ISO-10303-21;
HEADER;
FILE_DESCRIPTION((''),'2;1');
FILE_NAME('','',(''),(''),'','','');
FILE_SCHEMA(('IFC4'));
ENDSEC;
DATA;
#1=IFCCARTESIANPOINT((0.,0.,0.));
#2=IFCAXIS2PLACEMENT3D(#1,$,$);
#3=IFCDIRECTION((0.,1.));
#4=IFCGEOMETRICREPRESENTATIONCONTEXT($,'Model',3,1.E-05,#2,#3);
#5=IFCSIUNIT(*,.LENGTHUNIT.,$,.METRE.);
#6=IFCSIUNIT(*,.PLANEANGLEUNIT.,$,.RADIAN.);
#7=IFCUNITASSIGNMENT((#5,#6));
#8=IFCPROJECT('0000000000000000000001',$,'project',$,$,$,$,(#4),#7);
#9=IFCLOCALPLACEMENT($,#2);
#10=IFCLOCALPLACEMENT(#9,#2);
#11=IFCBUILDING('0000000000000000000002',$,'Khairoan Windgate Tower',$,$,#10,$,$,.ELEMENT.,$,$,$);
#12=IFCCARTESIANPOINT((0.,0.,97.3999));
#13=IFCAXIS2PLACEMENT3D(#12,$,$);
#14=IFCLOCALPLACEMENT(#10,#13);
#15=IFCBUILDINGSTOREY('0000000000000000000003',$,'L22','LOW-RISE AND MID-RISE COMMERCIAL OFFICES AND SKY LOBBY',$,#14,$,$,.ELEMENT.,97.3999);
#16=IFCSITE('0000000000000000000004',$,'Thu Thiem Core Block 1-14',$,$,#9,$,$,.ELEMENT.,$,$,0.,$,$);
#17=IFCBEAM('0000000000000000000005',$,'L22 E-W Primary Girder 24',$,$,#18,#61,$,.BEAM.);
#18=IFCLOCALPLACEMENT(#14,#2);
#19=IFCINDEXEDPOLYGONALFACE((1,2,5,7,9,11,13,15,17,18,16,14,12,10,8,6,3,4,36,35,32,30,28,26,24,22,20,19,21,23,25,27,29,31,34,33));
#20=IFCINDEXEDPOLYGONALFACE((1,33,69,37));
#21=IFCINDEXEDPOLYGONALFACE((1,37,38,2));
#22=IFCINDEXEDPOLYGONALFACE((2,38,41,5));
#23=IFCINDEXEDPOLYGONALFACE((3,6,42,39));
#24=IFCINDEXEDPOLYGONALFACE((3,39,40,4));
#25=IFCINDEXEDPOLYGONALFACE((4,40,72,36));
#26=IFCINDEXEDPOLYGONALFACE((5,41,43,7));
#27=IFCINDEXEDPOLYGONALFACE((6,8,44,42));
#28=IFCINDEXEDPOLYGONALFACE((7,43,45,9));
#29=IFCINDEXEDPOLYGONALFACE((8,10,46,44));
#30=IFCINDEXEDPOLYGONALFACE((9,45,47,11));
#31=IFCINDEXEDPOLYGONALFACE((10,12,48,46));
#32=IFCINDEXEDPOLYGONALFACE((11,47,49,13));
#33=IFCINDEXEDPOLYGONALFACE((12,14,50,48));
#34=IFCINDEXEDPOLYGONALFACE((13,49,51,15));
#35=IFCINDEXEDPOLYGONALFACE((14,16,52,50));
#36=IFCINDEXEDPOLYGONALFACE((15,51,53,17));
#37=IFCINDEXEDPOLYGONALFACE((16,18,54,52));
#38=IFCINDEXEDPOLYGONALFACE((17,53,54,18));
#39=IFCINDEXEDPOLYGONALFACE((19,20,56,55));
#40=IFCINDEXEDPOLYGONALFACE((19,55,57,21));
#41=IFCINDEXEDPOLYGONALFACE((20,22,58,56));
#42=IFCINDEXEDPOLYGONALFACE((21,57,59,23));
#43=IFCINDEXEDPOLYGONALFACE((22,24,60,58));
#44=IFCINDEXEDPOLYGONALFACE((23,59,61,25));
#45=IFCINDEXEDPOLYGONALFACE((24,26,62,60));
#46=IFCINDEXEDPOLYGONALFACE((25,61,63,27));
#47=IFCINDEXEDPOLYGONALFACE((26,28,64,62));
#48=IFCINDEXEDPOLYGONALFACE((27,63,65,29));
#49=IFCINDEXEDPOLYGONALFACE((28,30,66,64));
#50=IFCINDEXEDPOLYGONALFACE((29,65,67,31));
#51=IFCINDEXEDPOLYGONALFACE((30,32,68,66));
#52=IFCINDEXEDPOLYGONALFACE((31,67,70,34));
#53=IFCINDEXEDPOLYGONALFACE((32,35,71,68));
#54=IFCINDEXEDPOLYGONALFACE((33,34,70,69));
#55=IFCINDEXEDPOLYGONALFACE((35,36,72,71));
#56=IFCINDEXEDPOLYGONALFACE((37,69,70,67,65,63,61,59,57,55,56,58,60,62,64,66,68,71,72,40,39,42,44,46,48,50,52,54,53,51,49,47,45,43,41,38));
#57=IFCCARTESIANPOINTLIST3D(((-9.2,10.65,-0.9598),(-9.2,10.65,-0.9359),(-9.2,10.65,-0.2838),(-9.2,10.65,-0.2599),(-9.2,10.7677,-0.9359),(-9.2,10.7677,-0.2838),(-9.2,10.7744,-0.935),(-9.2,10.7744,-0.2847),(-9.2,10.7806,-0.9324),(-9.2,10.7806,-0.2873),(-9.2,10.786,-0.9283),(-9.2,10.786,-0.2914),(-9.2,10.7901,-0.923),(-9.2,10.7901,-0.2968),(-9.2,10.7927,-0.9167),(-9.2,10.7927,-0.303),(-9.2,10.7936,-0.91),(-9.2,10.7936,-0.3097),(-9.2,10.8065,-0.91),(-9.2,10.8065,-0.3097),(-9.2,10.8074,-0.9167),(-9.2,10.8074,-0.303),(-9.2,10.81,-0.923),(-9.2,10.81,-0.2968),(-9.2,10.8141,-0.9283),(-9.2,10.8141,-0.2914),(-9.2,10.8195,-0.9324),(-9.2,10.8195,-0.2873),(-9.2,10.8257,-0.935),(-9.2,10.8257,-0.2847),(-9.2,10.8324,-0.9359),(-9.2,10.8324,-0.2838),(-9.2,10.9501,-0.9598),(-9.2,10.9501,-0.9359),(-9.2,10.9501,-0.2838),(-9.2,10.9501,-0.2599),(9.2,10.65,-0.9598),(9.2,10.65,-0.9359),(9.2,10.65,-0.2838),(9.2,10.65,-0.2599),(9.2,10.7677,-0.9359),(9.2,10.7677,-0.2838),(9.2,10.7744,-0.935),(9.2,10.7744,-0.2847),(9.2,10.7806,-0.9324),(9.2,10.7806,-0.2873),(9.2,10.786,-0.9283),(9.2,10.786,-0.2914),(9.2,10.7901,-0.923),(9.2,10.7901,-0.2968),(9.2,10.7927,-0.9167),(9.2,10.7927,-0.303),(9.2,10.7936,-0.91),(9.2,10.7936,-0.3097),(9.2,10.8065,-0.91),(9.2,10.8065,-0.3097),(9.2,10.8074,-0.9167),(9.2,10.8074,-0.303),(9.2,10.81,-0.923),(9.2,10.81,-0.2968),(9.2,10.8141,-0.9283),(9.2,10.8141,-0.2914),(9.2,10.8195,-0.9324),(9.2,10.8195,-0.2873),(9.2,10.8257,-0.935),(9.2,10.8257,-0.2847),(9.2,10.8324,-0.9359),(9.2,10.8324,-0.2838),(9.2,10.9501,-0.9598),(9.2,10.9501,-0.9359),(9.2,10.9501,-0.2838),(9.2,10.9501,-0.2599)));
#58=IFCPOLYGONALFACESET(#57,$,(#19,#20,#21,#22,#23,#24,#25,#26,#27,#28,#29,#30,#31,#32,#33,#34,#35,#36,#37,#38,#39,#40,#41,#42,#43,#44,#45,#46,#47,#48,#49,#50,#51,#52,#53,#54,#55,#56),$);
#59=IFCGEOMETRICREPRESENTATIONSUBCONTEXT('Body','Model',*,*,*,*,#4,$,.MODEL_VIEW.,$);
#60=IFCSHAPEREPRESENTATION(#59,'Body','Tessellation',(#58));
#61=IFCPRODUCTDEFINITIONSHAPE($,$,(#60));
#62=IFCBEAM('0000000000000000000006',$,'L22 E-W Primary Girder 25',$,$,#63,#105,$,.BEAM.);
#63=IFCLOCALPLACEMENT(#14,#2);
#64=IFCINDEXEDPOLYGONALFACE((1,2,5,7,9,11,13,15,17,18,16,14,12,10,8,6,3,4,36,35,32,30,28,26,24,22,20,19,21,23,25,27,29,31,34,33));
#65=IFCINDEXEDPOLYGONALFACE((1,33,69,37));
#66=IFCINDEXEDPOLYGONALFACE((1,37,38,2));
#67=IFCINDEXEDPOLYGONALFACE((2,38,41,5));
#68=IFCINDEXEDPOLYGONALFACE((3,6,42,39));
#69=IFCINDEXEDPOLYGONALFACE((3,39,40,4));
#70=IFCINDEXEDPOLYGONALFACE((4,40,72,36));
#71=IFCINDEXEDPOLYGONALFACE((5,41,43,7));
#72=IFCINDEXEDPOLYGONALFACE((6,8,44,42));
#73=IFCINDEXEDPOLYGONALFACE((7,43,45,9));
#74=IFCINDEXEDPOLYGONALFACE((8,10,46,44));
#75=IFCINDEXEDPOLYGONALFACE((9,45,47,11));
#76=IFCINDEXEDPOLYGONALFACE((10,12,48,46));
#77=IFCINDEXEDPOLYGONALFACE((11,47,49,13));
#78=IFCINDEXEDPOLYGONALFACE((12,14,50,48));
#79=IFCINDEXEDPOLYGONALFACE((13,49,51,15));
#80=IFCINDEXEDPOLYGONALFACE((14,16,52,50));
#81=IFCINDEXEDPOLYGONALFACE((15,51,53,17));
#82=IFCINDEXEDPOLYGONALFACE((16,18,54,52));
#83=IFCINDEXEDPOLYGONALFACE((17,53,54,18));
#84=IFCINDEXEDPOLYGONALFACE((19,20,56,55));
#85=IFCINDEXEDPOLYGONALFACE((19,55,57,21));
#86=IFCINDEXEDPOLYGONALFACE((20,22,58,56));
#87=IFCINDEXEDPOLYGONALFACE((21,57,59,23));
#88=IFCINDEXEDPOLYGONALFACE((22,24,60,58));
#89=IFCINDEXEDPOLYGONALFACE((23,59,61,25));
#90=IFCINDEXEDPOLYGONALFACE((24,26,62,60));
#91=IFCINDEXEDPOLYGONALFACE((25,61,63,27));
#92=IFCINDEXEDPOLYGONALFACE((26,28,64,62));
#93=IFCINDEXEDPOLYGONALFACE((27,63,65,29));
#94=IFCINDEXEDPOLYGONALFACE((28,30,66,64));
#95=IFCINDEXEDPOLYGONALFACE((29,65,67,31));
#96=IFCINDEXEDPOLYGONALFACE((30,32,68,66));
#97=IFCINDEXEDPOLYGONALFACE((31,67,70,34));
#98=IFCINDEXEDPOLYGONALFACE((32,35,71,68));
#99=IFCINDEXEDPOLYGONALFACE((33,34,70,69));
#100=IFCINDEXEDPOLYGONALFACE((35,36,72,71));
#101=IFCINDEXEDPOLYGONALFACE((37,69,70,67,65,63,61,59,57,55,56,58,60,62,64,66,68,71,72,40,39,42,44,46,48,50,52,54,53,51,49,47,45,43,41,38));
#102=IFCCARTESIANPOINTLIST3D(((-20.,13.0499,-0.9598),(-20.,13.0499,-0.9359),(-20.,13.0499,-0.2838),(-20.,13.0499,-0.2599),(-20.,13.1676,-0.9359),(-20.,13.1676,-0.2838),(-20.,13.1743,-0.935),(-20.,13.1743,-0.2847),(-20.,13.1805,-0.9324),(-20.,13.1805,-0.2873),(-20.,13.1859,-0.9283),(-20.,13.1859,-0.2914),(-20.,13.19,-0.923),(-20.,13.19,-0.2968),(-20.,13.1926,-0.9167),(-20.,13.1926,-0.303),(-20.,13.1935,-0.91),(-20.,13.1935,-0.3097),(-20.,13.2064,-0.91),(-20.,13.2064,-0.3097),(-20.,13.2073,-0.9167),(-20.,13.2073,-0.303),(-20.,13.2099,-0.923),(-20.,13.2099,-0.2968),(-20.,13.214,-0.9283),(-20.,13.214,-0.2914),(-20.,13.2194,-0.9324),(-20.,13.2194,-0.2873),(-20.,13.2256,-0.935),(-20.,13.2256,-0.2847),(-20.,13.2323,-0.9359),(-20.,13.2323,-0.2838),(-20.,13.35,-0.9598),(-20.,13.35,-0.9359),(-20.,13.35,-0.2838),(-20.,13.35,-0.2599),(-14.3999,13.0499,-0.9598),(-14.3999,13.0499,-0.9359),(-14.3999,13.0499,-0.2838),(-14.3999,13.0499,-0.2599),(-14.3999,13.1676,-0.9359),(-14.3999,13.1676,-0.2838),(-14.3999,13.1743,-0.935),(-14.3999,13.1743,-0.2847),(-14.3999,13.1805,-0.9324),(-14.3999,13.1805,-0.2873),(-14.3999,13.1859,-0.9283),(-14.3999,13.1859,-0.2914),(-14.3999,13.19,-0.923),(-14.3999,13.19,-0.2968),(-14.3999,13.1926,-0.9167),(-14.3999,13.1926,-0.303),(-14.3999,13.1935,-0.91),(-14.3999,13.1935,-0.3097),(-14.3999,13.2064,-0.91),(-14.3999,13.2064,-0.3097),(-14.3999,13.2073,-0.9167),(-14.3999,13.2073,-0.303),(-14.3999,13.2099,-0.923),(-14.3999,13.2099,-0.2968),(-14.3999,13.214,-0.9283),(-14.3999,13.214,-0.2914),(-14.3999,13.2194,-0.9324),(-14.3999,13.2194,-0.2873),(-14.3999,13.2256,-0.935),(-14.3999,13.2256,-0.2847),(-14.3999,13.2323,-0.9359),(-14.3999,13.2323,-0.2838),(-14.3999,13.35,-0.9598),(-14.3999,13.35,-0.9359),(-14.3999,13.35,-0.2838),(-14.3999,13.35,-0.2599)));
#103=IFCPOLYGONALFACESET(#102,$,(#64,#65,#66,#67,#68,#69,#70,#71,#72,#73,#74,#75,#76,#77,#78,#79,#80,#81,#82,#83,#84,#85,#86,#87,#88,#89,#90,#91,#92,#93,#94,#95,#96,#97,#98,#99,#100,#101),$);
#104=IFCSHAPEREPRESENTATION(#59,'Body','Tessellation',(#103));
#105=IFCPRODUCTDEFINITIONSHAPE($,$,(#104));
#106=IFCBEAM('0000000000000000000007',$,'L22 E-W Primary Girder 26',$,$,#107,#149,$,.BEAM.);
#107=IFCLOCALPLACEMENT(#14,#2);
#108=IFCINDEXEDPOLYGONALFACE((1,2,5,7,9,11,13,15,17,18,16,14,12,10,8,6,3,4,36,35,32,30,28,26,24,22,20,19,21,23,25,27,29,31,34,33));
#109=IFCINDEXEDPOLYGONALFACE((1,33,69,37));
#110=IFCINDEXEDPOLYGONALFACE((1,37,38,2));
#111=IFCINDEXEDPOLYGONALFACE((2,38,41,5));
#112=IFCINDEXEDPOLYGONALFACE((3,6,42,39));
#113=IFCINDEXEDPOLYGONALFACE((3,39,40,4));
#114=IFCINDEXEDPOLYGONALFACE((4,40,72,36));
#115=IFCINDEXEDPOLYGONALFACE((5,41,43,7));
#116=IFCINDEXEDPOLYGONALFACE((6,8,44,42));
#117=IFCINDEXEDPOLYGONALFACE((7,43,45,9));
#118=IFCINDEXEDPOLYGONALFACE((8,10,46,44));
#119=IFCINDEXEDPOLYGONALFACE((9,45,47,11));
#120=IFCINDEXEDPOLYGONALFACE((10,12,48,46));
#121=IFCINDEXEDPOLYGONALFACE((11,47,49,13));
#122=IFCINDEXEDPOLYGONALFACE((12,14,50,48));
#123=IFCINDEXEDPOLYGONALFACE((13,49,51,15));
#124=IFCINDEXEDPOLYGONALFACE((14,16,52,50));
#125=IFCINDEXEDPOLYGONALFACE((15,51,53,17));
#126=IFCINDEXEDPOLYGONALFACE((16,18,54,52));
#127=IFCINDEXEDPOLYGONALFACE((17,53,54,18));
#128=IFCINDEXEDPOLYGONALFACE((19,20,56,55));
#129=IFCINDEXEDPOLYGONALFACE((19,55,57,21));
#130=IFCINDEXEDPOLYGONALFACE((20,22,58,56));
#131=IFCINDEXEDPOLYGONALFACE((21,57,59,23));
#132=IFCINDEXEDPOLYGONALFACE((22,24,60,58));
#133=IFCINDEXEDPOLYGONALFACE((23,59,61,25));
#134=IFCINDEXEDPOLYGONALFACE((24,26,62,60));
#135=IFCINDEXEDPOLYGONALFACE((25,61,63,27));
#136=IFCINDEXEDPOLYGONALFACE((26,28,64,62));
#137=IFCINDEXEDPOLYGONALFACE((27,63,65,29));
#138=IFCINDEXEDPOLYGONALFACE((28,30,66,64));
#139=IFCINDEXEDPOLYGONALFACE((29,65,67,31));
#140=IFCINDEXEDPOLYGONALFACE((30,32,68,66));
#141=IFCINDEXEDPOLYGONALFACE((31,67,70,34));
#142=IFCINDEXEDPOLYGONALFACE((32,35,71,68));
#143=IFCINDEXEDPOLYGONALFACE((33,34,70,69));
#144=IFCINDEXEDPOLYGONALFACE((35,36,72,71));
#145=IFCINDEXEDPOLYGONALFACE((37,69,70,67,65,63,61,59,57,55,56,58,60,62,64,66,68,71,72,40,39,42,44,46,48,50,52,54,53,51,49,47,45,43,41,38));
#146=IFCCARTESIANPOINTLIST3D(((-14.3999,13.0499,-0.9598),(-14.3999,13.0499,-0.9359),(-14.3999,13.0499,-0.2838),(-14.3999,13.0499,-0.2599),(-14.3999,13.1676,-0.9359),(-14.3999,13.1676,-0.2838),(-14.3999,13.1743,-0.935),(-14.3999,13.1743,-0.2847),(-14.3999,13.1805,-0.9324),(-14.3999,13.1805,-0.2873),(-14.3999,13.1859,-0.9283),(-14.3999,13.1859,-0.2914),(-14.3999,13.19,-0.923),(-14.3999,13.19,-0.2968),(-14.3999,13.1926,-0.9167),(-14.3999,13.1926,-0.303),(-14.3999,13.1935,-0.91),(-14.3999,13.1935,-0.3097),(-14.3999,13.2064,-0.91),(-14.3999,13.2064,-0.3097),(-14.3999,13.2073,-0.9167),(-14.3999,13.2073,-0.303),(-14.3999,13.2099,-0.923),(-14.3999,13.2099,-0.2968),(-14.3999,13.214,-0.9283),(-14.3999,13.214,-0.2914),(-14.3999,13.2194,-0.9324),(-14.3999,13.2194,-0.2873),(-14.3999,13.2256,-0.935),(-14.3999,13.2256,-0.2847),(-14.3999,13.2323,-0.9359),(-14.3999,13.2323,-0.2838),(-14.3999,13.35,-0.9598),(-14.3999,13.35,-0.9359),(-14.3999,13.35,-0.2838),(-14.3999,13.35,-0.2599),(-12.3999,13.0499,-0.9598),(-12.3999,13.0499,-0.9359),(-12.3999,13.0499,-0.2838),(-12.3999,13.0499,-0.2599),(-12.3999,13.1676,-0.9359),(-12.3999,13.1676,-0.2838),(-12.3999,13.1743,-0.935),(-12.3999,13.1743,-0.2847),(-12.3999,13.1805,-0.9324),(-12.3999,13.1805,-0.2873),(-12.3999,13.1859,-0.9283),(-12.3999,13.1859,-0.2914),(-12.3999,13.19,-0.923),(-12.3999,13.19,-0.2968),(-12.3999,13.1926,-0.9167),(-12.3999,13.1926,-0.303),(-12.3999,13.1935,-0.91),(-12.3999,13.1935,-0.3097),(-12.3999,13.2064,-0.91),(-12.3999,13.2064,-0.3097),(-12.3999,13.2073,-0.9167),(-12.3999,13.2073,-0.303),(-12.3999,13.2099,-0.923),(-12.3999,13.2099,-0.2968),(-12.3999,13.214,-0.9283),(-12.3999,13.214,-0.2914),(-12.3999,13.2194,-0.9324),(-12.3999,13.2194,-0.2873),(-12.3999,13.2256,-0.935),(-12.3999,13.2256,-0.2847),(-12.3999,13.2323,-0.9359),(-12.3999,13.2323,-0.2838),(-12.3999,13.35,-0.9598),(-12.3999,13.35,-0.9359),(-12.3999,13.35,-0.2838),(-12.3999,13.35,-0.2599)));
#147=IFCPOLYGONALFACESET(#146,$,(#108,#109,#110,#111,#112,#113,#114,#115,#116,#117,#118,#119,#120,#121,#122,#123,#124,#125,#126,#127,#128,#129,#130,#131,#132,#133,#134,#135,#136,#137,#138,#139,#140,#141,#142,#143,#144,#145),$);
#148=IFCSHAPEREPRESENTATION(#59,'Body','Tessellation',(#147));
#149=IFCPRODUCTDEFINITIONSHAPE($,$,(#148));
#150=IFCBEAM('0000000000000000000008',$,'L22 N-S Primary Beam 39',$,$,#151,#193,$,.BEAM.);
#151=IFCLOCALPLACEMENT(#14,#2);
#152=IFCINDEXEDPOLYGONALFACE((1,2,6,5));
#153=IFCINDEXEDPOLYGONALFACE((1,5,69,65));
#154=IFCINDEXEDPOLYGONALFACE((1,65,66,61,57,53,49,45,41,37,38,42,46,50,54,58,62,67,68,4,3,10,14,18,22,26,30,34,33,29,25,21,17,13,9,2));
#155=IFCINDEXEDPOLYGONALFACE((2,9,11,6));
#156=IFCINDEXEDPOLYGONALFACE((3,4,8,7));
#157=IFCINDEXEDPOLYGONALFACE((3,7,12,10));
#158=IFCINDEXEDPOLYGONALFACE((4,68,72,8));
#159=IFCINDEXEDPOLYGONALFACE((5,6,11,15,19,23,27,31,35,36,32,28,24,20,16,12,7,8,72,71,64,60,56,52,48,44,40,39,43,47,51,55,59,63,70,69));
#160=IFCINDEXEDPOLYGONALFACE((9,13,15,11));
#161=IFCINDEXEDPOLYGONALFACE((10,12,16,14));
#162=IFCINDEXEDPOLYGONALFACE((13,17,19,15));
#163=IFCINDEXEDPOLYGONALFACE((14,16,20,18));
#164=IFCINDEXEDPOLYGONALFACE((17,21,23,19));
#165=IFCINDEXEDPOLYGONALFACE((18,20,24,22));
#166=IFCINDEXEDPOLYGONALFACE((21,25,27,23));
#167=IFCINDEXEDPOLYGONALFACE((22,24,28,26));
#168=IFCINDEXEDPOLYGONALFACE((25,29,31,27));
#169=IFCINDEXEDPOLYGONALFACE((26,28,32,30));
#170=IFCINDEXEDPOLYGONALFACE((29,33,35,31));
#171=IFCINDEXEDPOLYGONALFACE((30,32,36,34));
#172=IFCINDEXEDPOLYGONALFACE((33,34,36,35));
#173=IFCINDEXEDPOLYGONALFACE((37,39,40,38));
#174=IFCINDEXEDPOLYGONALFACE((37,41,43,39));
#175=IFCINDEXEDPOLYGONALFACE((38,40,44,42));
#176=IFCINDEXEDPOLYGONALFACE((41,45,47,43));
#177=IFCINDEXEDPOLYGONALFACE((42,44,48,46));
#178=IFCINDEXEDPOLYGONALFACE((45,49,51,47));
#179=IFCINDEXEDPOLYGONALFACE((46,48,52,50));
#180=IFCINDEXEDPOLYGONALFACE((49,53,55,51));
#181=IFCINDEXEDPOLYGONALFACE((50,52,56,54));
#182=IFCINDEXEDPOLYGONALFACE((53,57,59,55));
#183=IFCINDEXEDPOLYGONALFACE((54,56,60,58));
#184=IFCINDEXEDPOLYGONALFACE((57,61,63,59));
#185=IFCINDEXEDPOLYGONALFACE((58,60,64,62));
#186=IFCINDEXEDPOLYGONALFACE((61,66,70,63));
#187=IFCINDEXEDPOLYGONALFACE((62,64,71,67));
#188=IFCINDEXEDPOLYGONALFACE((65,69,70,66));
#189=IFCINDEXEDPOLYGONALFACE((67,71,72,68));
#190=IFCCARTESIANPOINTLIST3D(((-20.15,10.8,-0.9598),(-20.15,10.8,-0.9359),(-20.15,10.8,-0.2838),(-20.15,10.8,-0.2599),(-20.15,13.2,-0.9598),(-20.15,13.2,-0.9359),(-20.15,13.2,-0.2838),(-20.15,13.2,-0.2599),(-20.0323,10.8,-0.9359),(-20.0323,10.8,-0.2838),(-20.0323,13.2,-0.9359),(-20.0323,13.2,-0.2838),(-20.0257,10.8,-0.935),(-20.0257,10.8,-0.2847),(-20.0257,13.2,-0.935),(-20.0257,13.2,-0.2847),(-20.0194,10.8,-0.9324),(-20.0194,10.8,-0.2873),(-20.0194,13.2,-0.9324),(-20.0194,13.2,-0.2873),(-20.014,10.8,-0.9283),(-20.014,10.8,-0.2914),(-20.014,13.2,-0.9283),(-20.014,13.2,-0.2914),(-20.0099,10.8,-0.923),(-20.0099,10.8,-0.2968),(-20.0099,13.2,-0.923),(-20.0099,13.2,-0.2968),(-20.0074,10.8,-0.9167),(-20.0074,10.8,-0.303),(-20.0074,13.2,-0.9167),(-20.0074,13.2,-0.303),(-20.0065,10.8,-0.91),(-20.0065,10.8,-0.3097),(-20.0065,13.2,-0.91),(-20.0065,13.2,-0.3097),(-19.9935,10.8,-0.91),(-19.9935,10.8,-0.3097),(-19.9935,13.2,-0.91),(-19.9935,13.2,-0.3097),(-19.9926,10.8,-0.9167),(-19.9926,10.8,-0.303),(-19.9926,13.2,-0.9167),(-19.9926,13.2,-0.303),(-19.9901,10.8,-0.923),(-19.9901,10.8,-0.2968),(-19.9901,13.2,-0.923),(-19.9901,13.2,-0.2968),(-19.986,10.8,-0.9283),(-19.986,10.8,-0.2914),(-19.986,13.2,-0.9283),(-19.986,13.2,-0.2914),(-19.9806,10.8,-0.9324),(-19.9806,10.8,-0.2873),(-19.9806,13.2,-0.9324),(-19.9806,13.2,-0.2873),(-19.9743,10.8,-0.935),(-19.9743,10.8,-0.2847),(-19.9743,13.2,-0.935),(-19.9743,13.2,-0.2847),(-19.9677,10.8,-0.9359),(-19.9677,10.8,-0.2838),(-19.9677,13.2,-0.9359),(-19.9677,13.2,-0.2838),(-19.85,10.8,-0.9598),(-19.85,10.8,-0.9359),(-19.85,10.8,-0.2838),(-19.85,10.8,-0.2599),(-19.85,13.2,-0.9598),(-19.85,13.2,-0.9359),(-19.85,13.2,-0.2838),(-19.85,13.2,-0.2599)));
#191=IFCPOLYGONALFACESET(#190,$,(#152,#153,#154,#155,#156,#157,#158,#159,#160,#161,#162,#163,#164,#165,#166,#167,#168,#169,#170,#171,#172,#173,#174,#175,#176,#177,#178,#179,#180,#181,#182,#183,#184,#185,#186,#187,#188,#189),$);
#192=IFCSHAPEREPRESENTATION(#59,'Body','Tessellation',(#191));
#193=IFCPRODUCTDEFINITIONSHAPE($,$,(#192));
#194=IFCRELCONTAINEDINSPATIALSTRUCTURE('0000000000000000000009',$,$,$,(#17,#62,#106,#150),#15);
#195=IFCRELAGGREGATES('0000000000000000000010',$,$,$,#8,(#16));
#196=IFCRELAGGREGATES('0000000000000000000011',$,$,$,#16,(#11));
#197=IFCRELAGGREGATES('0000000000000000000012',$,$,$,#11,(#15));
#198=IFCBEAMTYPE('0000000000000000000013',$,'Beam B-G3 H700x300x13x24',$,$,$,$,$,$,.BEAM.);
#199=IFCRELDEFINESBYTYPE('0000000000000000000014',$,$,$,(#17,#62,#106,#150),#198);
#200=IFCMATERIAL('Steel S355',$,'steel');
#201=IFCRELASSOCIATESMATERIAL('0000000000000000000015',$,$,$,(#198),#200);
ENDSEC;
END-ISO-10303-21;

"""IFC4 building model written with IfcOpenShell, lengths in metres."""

from ifc_helpers import new_model, si_unit, direction, frame, origin, origin_2d, place, context, subcontext, project, spatial, i_section, extrude, material, material_profile, profile_set, type_object, element, save


model = new_model("IFC4")

# Units and contexts
model_context = context("Model", 3, precision=1e-05, world=origin(), true_north=direction((0.0, 1.0)))
body_context = subcontext(model_context, "Body", "Model", "MODEL_VIEW")
ifc_project = project(units=[si_unit("LENGTHUNIT", "METRE"), si_unit("PLANEANGLEUNIT", "RADIAN")], contexts=[model_context])

# Site, building, storey
site_placement = place(None, origin())
site = spatial("IfcSite", under=ifc_project, at=site_placement, Name="Thu Thiem Core Block 1-14", CompositionType="ELEMENT", RefElevation=0.0)
building_placement = place(site_placement, origin())
building = spatial("IfcBuilding", under=site, at=building_placement, Name="Khairoan Windgate Tower", CompositionType="ELEMENT")
storey_placement = place(building_placement, frame((0.0, 0.0, 97.3999)))
storey = spatial("IfcBuildingStorey", under=building, at=storey_placement, Name="L22", Description="LOW-RISE AND MID-RISE COMMERCIAL OFFICES AND SKY LOBBY", CompositionType="ELEMENT", Elevation=97.3999)

# Beams
ifc_material_1 = material(Name="Steel S355", Category="steel")
ifc_material_profile_1 = material_profile(ifc_material_1, i_section(OverallWidth=0.3, OverallDepth=0.7, WebThickness=0.0129, FlangeThickness=0.0239, FilletRadius=0.0259, at=origin_2d()))
ifc_profile_set_1 = profile_set([ifc_material_profile_1], Name="Steel S355")
beam_type_1 = type_object("IfcBeamType", Name="Beam B-G3 H700x300x13x24", PredefinedType="BEAM", material=ifc_profile_set_1)
beam_1_placement = place(storey_placement, frame((-9.2, 10.8, -0.6099), z_axis=(1.0, 0.0, 0.0), x_axis=(0.0, 1.0, 0.0)))
element("IfcBeam", 1, at=beam_1_placement, inside=storey, type_object=beam_type_1, Name="L22 E-W Primary Girder 24", PredefinedType="BEAM", context=body_context, shape_type="SweptSolid", body=[
    extrude(i_section(OverallWidth=0.3, OverallDepth=0.7, WebThickness=0.0129, FlangeThickness=0.0239, FilletRadius=0.0259, at=origin_2d()), origin(), (0.0, 0.0, 1.0), 18.3999),
])
beam_2_placement = place(storey_placement, frame((-20.0, 13.2, -0.6099), z_axis=(1.0, 0.0, 0.0), x_axis=(0.0, 1.0, 0.0)))
element("IfcBeam", 2, at=beam_2_placement, inside=storey, type_object=beam_type_1, Name="L22 E-W Primary Girder 25", PredefinedType="BEAM", context=body_context, shape_type="SweptSolid", body=[
    extrude(i_section(OverallWidth=0.3, OverallDepth=0.7, WebThickness=0.0129, FlangeThickness=0.0239, FilletRadius=0.0259, at=origin_2d()), origin(), (0.0, 0.0, 1.0), 5.6001),
])
beam_3_placement = place(storey_placement, frame((-14.3999, 13.2, -0.6099), z_axis=(1.0, 0.0, 0.0), x_axis=(0.0, 1.0, 0.0)))
element("IfcBeam", 3, at=beam_3_placement, inside=storey, type_object=beam_type_1, Name="L22 E-W Primary Girder 26", PredefinedType="BEAM", context=body_context, shape_type="SweptSolid", body=[
    extrude(i_section(OverallWidth=0.3, OverallDepth=0.7, WebThickness=0.0129, FlangeThickness=0.0239, FilletRadius=0.0259, at=origin_2d()), origin(), (0.0, 0.0, 1.0), 2.0),
])
beam_4_placement = place(storey_placement, frame((-20.0, 10.8, -0.6099), z_axis=(0.0, 1.0, 0.0), x_axis=(-1.0, 0.0, 0.0)))
element("IfcBeam", 4, at=beam_4_placement, inside=storey, type_object=beam_type_1, Name="L22 N-S Primary Beam 39", PredefinedType="BEAM", context=body_context, shape_type="SweptSolid", body=[
    extrude(i_section(OverallWidth=0.3, OverallDepth=0.7, WebThickness=0.0129, FlangeThickness=0.0239, FilletRadius=0.0259, at=origin_2d()), origin(), (0.0, 0.0, 1.0), 2.3999),
])

save(model, "model.ifc")
